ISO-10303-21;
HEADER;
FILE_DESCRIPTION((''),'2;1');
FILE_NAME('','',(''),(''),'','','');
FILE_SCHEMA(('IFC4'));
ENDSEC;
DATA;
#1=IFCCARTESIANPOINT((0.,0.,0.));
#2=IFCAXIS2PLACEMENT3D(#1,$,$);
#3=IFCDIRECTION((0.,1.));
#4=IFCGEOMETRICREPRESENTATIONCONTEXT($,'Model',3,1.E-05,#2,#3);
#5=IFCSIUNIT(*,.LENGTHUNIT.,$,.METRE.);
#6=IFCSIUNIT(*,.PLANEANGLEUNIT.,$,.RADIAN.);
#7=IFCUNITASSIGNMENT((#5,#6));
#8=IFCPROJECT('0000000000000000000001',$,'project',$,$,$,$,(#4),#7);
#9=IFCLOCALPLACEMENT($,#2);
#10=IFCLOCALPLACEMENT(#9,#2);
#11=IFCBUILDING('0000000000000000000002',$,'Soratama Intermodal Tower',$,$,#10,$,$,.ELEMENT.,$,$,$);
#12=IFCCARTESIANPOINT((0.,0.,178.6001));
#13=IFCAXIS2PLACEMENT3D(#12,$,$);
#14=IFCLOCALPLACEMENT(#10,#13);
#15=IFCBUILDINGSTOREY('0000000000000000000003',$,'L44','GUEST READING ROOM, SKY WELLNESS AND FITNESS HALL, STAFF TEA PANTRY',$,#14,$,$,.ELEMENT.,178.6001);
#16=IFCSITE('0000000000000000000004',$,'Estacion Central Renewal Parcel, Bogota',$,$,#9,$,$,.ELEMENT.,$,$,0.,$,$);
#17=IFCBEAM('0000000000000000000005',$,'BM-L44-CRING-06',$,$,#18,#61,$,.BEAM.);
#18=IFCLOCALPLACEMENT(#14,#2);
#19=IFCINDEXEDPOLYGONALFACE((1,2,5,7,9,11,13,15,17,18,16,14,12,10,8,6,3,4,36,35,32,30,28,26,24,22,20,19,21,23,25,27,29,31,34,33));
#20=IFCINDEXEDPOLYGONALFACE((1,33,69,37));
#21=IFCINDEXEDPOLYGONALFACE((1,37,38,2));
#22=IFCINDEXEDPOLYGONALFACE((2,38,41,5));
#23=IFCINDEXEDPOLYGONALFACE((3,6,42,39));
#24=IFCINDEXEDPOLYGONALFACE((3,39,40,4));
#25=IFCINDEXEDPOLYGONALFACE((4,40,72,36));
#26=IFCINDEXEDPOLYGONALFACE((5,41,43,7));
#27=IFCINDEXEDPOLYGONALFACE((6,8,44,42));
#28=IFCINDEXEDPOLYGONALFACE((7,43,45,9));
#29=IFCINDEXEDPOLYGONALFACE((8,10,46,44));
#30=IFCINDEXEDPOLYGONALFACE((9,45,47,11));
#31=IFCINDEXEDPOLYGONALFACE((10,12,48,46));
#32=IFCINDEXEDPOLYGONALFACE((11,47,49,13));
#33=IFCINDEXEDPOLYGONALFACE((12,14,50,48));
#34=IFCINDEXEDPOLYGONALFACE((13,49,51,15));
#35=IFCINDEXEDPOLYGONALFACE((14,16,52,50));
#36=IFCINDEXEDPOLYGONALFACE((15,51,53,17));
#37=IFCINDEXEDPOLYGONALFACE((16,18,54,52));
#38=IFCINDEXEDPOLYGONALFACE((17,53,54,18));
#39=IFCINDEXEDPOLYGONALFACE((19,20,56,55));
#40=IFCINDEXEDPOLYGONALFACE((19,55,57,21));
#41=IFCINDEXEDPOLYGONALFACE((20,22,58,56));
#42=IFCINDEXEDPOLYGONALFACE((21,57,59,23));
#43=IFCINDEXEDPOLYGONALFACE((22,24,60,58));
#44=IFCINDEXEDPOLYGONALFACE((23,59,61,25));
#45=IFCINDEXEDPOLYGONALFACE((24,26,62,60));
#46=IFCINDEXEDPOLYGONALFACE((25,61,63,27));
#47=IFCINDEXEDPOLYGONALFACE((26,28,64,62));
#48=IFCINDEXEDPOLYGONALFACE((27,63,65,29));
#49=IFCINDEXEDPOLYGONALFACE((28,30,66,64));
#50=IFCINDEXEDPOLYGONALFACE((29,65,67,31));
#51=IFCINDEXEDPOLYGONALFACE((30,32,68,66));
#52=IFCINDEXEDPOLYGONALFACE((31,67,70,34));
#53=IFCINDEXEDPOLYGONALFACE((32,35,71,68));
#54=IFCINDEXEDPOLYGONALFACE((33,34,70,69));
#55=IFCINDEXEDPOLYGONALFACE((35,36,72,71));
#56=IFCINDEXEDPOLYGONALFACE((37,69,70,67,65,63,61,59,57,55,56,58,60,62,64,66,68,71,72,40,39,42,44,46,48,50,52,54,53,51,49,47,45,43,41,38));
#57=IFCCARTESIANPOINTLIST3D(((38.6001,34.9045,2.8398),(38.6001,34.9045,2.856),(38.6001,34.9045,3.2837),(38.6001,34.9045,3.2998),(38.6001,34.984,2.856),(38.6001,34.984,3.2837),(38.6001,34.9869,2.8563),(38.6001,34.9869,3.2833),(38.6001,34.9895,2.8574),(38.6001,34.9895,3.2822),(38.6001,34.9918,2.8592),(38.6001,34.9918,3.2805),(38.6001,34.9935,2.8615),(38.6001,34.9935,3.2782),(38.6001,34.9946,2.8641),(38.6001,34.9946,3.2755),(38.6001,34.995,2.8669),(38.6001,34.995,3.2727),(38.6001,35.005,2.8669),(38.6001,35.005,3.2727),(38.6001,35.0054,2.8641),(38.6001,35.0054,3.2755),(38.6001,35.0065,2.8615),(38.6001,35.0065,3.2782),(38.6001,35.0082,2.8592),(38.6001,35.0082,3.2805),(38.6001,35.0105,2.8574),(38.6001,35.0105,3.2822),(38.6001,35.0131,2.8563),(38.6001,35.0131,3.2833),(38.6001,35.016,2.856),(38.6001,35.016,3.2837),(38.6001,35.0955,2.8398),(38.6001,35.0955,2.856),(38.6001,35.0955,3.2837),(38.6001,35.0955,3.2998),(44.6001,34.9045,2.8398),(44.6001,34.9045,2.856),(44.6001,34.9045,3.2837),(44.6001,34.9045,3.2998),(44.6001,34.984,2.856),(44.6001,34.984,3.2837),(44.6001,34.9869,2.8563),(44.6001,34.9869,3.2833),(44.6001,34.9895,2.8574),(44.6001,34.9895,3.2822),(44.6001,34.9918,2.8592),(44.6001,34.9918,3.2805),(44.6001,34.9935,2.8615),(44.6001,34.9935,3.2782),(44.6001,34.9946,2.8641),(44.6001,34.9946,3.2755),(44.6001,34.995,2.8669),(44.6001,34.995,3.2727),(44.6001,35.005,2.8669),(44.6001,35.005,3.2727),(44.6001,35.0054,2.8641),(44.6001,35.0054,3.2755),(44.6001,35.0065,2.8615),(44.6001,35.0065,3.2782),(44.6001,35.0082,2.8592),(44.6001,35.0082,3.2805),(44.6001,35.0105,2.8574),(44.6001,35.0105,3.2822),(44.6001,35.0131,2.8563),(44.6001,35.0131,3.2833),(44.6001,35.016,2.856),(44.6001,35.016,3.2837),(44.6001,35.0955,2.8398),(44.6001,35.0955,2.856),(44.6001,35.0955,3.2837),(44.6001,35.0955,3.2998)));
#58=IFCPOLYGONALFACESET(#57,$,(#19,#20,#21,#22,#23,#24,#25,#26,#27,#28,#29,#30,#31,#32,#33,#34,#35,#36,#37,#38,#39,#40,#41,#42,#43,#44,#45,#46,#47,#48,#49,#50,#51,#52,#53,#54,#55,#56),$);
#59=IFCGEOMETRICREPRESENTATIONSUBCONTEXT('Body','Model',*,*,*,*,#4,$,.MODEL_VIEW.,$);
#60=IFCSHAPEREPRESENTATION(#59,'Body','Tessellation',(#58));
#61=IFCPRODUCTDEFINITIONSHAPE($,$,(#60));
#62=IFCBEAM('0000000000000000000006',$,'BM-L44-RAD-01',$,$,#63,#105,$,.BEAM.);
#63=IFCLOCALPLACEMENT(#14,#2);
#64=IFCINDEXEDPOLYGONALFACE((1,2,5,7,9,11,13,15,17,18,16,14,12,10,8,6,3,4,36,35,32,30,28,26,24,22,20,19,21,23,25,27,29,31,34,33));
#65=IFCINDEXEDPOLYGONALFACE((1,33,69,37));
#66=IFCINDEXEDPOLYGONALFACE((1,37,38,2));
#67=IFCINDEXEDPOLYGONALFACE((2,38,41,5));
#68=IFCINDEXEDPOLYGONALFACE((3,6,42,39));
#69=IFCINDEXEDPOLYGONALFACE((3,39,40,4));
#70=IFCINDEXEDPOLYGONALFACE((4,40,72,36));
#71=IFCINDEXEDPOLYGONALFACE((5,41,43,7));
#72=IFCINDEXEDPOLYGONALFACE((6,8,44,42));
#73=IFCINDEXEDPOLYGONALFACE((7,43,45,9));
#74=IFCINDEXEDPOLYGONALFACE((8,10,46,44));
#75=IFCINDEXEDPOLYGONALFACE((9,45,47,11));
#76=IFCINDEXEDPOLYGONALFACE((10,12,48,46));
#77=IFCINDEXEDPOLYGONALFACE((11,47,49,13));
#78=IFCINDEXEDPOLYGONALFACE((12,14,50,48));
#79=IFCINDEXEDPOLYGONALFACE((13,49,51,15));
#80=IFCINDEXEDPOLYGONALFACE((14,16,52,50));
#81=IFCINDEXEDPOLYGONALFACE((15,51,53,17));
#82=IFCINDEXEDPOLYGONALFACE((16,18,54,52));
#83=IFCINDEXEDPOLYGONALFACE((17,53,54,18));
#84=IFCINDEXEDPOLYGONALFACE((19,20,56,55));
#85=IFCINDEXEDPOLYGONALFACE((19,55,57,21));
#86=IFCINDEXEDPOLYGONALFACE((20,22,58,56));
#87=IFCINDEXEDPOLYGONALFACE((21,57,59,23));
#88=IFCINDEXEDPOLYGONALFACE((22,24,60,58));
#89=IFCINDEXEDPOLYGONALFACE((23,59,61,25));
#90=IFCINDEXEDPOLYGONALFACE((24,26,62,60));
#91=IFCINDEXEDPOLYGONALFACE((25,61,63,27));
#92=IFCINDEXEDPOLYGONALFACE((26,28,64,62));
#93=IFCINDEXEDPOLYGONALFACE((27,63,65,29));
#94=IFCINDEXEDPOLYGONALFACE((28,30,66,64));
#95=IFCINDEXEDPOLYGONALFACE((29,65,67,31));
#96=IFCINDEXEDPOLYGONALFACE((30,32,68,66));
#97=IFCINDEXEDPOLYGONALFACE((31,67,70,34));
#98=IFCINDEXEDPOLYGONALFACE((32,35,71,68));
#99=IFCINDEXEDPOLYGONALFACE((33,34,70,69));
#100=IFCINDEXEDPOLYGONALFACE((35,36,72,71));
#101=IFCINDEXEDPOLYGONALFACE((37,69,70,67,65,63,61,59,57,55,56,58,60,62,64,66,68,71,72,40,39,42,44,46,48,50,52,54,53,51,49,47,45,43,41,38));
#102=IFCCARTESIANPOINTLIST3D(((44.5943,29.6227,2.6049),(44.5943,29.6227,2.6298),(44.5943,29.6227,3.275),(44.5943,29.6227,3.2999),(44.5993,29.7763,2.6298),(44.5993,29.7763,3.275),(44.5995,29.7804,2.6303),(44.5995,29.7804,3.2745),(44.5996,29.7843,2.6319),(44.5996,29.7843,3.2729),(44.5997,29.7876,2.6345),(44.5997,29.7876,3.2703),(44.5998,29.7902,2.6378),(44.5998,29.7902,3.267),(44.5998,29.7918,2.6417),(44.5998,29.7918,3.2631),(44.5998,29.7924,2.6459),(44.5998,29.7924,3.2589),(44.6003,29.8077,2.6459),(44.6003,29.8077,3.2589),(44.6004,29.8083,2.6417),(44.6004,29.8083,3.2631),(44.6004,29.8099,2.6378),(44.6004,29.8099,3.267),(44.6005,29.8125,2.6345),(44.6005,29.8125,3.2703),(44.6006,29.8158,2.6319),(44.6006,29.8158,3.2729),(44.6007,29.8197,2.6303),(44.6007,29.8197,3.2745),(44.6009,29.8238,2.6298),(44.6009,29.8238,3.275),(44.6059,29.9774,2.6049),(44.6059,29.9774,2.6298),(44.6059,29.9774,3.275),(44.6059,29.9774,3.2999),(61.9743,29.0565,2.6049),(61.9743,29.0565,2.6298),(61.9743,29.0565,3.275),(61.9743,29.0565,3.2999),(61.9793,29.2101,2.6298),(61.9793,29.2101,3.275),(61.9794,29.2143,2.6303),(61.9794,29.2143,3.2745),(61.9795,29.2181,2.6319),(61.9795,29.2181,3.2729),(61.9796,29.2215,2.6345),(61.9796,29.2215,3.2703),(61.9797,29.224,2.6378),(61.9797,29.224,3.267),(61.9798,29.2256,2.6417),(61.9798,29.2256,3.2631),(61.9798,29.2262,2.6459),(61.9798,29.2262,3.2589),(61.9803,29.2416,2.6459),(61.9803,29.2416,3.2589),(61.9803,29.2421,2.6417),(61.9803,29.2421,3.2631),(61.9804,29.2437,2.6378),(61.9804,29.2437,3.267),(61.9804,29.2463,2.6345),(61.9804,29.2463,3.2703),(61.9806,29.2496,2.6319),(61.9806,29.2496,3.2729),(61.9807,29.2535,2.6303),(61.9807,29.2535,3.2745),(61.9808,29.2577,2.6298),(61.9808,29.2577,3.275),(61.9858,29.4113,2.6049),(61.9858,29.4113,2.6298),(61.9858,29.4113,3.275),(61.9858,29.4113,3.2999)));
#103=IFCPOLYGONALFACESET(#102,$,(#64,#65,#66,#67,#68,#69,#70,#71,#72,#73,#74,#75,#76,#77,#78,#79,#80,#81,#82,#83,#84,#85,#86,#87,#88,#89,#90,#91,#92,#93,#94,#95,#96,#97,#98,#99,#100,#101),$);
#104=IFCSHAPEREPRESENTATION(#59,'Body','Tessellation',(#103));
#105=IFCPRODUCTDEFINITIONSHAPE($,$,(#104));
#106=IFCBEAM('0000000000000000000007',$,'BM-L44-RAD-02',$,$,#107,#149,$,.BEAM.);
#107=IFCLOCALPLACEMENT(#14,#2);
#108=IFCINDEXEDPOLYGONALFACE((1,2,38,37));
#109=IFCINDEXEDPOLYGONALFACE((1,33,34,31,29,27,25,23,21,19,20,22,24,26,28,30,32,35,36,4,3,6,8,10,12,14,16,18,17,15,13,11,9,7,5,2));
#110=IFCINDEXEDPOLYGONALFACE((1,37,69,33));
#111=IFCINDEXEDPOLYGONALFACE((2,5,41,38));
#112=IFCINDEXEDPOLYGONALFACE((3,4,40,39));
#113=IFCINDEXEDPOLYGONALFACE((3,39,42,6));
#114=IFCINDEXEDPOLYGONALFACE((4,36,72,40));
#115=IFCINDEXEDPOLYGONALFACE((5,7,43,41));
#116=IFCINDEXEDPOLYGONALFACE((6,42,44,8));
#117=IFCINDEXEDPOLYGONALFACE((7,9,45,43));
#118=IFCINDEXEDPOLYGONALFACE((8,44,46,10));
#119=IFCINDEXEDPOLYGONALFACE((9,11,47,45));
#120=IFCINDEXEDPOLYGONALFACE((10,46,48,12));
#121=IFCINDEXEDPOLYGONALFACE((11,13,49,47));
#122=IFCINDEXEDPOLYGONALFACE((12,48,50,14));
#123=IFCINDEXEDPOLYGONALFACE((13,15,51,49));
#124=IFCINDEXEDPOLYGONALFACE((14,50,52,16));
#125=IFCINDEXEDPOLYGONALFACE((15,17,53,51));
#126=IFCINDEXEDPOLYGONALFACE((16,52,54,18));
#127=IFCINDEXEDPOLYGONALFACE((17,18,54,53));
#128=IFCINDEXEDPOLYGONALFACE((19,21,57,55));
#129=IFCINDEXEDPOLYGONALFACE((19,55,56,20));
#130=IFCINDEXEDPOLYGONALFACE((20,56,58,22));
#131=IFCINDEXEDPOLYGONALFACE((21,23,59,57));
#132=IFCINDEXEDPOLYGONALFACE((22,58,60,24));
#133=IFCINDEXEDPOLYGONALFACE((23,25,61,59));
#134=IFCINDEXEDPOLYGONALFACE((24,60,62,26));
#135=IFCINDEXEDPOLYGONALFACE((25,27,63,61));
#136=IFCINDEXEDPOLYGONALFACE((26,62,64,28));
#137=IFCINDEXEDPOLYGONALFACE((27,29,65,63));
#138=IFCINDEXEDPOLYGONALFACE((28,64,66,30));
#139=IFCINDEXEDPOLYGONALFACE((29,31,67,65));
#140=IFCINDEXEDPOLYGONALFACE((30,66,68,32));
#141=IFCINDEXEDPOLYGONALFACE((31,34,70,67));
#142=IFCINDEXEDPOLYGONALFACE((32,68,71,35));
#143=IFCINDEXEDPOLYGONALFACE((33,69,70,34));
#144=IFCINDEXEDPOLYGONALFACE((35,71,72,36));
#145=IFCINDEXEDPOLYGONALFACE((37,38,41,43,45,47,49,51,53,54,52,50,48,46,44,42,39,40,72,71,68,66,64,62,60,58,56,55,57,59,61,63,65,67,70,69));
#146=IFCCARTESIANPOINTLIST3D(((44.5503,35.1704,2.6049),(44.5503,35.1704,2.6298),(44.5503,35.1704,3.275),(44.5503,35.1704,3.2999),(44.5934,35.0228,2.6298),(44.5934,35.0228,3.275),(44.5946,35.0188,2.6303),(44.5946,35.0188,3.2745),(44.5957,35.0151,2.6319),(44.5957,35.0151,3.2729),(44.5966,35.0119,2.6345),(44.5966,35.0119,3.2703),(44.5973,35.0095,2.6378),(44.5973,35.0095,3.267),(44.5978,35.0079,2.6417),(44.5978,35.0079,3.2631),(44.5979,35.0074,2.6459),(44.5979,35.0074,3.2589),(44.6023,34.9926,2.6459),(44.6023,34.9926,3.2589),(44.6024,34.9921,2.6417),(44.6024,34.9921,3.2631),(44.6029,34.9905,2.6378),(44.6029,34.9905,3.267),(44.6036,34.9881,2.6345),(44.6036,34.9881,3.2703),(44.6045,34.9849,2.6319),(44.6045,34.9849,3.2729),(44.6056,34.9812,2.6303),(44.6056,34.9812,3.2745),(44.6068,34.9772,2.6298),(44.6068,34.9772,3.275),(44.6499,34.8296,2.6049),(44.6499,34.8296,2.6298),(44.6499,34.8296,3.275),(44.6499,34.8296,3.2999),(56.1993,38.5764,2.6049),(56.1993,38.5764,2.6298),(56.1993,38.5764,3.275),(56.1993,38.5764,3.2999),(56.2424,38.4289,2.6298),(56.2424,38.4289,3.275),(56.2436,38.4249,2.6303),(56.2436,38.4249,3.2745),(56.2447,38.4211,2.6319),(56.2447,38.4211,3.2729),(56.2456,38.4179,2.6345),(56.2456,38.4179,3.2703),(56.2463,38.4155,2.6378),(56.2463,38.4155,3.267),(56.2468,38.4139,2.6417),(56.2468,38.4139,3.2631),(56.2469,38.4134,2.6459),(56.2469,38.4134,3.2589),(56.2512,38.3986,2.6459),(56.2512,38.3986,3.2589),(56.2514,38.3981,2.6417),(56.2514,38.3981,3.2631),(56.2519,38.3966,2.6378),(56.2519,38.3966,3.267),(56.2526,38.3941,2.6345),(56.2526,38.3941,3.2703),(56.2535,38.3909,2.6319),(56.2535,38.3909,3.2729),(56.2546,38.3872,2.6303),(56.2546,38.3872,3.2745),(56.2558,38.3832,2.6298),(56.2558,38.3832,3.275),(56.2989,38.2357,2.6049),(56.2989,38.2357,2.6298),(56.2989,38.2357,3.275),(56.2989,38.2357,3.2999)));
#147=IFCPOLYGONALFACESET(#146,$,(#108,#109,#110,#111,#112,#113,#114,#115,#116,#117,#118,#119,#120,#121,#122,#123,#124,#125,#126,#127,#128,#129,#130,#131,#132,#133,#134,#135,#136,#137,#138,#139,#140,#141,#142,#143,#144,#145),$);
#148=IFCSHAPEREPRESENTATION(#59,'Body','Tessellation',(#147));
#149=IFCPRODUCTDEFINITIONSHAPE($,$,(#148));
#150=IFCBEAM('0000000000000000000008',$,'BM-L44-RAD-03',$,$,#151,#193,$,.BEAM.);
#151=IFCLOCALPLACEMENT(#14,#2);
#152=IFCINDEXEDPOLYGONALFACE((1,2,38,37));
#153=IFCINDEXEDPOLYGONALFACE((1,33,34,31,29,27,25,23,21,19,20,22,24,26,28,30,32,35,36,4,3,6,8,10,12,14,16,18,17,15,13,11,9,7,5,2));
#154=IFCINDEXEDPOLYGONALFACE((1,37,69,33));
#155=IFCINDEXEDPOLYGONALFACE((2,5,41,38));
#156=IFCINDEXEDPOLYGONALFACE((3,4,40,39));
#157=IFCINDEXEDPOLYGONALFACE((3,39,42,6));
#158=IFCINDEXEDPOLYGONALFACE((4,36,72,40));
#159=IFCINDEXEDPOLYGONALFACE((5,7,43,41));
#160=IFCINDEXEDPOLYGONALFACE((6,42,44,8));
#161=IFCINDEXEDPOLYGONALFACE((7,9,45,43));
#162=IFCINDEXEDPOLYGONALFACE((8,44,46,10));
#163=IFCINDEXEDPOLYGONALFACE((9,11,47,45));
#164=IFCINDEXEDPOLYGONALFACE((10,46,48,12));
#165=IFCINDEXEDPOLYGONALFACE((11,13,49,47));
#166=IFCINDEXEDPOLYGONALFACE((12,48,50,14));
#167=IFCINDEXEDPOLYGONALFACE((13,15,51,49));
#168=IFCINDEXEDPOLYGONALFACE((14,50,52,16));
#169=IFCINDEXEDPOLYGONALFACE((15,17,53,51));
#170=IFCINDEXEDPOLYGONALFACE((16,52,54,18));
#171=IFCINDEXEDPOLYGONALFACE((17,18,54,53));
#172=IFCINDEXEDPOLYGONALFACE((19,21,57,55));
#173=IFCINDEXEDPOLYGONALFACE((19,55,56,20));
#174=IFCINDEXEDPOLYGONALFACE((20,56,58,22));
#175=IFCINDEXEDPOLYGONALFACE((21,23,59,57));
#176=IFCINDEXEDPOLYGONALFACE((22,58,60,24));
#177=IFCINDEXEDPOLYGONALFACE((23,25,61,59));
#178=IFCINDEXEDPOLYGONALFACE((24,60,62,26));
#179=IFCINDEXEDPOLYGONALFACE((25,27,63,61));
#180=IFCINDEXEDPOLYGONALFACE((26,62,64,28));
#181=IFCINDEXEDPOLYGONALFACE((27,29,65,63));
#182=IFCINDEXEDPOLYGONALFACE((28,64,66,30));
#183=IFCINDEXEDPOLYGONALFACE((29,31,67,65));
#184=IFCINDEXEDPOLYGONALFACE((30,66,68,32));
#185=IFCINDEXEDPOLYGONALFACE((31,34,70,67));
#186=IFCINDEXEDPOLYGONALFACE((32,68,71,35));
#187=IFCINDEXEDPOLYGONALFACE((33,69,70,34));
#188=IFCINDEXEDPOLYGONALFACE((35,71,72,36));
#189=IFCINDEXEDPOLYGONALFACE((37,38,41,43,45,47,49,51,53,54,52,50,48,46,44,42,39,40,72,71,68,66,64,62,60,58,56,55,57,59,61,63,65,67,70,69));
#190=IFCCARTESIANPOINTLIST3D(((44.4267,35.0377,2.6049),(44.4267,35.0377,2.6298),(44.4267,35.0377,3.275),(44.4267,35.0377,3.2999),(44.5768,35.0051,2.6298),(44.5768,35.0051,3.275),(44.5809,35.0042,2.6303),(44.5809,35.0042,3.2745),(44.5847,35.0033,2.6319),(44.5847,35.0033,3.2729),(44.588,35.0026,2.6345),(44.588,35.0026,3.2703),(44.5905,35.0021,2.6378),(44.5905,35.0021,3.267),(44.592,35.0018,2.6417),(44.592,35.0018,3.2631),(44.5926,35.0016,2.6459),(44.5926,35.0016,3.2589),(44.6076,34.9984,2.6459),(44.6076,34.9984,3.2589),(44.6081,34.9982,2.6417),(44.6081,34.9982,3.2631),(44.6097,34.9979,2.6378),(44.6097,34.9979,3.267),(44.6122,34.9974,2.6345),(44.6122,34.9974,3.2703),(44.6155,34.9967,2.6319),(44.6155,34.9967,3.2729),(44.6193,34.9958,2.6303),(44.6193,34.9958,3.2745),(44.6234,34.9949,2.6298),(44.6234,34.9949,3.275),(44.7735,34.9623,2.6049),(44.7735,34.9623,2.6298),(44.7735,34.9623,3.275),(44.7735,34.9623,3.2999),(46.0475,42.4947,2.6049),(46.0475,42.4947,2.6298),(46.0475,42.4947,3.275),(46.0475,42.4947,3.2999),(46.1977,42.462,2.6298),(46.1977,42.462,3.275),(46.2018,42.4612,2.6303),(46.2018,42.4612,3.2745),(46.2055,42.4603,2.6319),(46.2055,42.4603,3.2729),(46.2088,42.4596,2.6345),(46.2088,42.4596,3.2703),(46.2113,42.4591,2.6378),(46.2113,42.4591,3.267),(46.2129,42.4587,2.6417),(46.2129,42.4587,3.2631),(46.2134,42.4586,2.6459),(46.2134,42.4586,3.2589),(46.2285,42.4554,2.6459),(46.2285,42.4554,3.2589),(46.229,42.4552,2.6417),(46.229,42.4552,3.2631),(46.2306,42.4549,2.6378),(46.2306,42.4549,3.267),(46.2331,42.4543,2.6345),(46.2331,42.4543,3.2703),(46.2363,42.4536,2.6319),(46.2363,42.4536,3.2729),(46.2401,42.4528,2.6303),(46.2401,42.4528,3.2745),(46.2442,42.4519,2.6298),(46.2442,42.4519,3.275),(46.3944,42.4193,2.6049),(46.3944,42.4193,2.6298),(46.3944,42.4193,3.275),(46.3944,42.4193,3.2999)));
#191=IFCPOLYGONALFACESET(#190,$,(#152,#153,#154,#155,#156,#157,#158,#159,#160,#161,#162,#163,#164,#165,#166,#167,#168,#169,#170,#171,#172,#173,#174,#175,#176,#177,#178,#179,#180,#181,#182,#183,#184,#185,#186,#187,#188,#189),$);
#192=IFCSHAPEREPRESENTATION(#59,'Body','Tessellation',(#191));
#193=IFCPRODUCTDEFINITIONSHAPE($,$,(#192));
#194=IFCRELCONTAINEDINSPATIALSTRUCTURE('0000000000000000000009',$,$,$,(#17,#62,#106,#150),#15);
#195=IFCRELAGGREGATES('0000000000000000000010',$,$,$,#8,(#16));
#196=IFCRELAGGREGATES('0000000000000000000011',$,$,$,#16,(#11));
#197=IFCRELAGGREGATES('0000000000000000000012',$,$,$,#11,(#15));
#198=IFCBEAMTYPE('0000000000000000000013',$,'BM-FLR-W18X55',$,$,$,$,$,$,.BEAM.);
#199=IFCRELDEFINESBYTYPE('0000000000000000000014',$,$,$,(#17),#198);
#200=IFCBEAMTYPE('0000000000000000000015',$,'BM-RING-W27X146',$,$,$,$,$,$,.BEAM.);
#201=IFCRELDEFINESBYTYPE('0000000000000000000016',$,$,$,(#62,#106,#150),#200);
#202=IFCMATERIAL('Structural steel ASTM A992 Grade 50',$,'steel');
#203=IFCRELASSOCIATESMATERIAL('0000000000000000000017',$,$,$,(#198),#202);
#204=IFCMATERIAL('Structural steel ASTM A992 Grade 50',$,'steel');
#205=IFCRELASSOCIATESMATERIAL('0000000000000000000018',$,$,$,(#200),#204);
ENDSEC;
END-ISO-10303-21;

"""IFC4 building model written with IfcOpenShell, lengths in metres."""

from ifc_helpers import new_model, si_unit, direction, frame, origin, origin_2d, place, context, subcontext, project, spatial, i_section, extrude, material, material_profile, profile_set, type_object, element, save


model = new_model("IFC4")

# Units and contexts
model_context = context("Model", 3, precision=1e-05, world=origin(), true_north=direction((0.0, 1.0)))
body_context = subcontext(model_context, "Body", "Model", "MODEL_VIEW")
ifc_project = project(units=[si_unit("LENGTHUNIT", "METRE"), si_unit("PLANEANGLEUNIT", "RADIAN")], contexts=[model_context])

# Site, building, storey
site_placement = place(None, origin())
site = spatial("IfcSite", under=ifc_project, at=site_placement, Name="Estacion Central Renewal Parcel, Bogota", CompositionType="ELEMENT", RefElevation=0.0)
building_placement = place(site_placement, origin())
building = spatial("IfcBuilding", under=site, at=building_placement, Name="Soratama Intermodal Tower", CompositionType="ELEMENT")
storey_placement = place(building_placement, frame((0.0, 0.0, 178.6001)))
storey = spatial("IfcBuildingStorey", under=building, at=storey_placement, Name="L44", Description="GUEST READING ROOM, SKY WELLNESS AND FITNESS HALL, STAFF TEA PANTRY", CompositionType="ELEMENT", Elevation=178.6001)

# Beams
ifc_material_1 = material(Name="Structural steel ASTM A992 Grade 50", Category="steel")
ifc_material_profile_1 = material_profile(ifc_material_1, i_section(OverallWidth=0.1909, OverallDepth=0.46, WebThickness=0.01, FlangeThickness=0.0161, FilletRadius=0.011, at=origin_2d()), Name="W18X55")
ifc_profile_set_1 = profile_set([ifc_material_profile_1], Name="Structural steel ASTM A992 Grade 50")
beam_type_1 = type_object("IfcBeamType", Name="BM-FLR-W18X55", PredefinedType="BEAM", material=ifc_profile_set_1)
beam_1_placement = place(storey_placement, frame((44.6001, 35.0, 3.0698), z_axis=(-1.0, 0.0, 0.0), x_axis=(0.0, -1.0, 0.0)))
element("IfcBeam", 1, at=beam_1_placement, inside=storey, type_object=beam_type_1, Name="BM-L44-CRING-06", PredefinedType="BEAM", context=body_context, shape_type="SweptSolid", body=[
    extrude(i_section(OverallWidth=0.1909, OverallDepth=0.46, WebThickness=0.01, FlangeThickness=0.0161, FilletRadius=0.011, at=origin_2d()), origin(), (0.0, 0.0, 1.0), 6.0),
])
ifc_material_2 = material(Name="Structural steel ASTM A992 Grade 50", Category="steel")
ifc_material_profile_2 = material_profile(ifc_material_2, i_section(OverallWidth=0.355, OverallDepth=0.6951, WebThickness=0.0154, FlangeThickness=0.0249, FilletRadius=0.0161, at=origin_2d()), Name="W27X146")
ifc_profile_set_2 = profile_set([ifc_material_profile_2], Name="Structural steel ASTM A992 Grade 50")
beam_type_2 = type_object("IfcBeamType", Name="BM-RING-W27X146", PredefinedType="BEAM", material=ifc_profile_set_2)
beam_2_placement = place(storey_placement, frame((44.6001, 29.8, 2.9524), z_axis=(0.99947, -0.032558, 0.0), x_axis=(0.032558, 0.99947, 0.0)))
element("IfcBeam", 2, at=beam_2_placement, inside=storey, type_object=beam_type_2, Name="BM-L44-RAD-01", PredefinedType="BEAM", context=body_context, shape_type="SweptSolid", body=[
    extrude(i_section(OverallWidth=0.355, OverallDepth=0.6951, WebThickness=0.0154, FlangeThickness=0.0249, FilletRadius=0.0161, at=origin_2d()), origin(), (0.0, 0.0, 1.0), 17.3892),
])
beam_3_placement = place(storey_placement, frame((44.6001, 35.0, 2.9524), z_axis=(0.959814, 0.280638, 0.0), x_axis=(-0.280638, 0.959814, 0.0)))
element("IfcBeam", 3, at=beam_3_placement, inside=storey, type_object=beam_type_2, Name="BM-L44-RAD-02", PredefinedType="BEAM", context=body_context, shape_type="SweptSolid", body=[
    extrude(i_section(OverallWidth=0.355, OverallDepth=0.6951, WebThickness=0.0154, FlangeThickness=0.0249, FilletRadius=0.0161, at=origin_2d()), origin(), (0.0, 0.0, 1.0), 12.1367),
])
beam_4_placement = place(storey_placement, frame((44.6001, 35.0, 2.9524), z_axis=(0.212399, 0.977183, 0.0), x_axis=(-0.977183, 0.212399, 0.0)))
element("IfcBeam", 4, at=beam_4_placement, inside=storey, type_object=beam_type_2, Name="BM-L44-RAD-03", PredefinedType="BEAM", context=body_context, shape_type="SweptSolid", body=[
    extrude(i_section(OverallWidth=0.355, OverallDepth=0.6951, WebThickness=0.0154, FlangeThickness=0.0249, FilletRadius=0.0161, at=origin_2d()), origin(), (0.0, 0.0, 1.0), 7.6311),
])

save(model, "model.ifc")
